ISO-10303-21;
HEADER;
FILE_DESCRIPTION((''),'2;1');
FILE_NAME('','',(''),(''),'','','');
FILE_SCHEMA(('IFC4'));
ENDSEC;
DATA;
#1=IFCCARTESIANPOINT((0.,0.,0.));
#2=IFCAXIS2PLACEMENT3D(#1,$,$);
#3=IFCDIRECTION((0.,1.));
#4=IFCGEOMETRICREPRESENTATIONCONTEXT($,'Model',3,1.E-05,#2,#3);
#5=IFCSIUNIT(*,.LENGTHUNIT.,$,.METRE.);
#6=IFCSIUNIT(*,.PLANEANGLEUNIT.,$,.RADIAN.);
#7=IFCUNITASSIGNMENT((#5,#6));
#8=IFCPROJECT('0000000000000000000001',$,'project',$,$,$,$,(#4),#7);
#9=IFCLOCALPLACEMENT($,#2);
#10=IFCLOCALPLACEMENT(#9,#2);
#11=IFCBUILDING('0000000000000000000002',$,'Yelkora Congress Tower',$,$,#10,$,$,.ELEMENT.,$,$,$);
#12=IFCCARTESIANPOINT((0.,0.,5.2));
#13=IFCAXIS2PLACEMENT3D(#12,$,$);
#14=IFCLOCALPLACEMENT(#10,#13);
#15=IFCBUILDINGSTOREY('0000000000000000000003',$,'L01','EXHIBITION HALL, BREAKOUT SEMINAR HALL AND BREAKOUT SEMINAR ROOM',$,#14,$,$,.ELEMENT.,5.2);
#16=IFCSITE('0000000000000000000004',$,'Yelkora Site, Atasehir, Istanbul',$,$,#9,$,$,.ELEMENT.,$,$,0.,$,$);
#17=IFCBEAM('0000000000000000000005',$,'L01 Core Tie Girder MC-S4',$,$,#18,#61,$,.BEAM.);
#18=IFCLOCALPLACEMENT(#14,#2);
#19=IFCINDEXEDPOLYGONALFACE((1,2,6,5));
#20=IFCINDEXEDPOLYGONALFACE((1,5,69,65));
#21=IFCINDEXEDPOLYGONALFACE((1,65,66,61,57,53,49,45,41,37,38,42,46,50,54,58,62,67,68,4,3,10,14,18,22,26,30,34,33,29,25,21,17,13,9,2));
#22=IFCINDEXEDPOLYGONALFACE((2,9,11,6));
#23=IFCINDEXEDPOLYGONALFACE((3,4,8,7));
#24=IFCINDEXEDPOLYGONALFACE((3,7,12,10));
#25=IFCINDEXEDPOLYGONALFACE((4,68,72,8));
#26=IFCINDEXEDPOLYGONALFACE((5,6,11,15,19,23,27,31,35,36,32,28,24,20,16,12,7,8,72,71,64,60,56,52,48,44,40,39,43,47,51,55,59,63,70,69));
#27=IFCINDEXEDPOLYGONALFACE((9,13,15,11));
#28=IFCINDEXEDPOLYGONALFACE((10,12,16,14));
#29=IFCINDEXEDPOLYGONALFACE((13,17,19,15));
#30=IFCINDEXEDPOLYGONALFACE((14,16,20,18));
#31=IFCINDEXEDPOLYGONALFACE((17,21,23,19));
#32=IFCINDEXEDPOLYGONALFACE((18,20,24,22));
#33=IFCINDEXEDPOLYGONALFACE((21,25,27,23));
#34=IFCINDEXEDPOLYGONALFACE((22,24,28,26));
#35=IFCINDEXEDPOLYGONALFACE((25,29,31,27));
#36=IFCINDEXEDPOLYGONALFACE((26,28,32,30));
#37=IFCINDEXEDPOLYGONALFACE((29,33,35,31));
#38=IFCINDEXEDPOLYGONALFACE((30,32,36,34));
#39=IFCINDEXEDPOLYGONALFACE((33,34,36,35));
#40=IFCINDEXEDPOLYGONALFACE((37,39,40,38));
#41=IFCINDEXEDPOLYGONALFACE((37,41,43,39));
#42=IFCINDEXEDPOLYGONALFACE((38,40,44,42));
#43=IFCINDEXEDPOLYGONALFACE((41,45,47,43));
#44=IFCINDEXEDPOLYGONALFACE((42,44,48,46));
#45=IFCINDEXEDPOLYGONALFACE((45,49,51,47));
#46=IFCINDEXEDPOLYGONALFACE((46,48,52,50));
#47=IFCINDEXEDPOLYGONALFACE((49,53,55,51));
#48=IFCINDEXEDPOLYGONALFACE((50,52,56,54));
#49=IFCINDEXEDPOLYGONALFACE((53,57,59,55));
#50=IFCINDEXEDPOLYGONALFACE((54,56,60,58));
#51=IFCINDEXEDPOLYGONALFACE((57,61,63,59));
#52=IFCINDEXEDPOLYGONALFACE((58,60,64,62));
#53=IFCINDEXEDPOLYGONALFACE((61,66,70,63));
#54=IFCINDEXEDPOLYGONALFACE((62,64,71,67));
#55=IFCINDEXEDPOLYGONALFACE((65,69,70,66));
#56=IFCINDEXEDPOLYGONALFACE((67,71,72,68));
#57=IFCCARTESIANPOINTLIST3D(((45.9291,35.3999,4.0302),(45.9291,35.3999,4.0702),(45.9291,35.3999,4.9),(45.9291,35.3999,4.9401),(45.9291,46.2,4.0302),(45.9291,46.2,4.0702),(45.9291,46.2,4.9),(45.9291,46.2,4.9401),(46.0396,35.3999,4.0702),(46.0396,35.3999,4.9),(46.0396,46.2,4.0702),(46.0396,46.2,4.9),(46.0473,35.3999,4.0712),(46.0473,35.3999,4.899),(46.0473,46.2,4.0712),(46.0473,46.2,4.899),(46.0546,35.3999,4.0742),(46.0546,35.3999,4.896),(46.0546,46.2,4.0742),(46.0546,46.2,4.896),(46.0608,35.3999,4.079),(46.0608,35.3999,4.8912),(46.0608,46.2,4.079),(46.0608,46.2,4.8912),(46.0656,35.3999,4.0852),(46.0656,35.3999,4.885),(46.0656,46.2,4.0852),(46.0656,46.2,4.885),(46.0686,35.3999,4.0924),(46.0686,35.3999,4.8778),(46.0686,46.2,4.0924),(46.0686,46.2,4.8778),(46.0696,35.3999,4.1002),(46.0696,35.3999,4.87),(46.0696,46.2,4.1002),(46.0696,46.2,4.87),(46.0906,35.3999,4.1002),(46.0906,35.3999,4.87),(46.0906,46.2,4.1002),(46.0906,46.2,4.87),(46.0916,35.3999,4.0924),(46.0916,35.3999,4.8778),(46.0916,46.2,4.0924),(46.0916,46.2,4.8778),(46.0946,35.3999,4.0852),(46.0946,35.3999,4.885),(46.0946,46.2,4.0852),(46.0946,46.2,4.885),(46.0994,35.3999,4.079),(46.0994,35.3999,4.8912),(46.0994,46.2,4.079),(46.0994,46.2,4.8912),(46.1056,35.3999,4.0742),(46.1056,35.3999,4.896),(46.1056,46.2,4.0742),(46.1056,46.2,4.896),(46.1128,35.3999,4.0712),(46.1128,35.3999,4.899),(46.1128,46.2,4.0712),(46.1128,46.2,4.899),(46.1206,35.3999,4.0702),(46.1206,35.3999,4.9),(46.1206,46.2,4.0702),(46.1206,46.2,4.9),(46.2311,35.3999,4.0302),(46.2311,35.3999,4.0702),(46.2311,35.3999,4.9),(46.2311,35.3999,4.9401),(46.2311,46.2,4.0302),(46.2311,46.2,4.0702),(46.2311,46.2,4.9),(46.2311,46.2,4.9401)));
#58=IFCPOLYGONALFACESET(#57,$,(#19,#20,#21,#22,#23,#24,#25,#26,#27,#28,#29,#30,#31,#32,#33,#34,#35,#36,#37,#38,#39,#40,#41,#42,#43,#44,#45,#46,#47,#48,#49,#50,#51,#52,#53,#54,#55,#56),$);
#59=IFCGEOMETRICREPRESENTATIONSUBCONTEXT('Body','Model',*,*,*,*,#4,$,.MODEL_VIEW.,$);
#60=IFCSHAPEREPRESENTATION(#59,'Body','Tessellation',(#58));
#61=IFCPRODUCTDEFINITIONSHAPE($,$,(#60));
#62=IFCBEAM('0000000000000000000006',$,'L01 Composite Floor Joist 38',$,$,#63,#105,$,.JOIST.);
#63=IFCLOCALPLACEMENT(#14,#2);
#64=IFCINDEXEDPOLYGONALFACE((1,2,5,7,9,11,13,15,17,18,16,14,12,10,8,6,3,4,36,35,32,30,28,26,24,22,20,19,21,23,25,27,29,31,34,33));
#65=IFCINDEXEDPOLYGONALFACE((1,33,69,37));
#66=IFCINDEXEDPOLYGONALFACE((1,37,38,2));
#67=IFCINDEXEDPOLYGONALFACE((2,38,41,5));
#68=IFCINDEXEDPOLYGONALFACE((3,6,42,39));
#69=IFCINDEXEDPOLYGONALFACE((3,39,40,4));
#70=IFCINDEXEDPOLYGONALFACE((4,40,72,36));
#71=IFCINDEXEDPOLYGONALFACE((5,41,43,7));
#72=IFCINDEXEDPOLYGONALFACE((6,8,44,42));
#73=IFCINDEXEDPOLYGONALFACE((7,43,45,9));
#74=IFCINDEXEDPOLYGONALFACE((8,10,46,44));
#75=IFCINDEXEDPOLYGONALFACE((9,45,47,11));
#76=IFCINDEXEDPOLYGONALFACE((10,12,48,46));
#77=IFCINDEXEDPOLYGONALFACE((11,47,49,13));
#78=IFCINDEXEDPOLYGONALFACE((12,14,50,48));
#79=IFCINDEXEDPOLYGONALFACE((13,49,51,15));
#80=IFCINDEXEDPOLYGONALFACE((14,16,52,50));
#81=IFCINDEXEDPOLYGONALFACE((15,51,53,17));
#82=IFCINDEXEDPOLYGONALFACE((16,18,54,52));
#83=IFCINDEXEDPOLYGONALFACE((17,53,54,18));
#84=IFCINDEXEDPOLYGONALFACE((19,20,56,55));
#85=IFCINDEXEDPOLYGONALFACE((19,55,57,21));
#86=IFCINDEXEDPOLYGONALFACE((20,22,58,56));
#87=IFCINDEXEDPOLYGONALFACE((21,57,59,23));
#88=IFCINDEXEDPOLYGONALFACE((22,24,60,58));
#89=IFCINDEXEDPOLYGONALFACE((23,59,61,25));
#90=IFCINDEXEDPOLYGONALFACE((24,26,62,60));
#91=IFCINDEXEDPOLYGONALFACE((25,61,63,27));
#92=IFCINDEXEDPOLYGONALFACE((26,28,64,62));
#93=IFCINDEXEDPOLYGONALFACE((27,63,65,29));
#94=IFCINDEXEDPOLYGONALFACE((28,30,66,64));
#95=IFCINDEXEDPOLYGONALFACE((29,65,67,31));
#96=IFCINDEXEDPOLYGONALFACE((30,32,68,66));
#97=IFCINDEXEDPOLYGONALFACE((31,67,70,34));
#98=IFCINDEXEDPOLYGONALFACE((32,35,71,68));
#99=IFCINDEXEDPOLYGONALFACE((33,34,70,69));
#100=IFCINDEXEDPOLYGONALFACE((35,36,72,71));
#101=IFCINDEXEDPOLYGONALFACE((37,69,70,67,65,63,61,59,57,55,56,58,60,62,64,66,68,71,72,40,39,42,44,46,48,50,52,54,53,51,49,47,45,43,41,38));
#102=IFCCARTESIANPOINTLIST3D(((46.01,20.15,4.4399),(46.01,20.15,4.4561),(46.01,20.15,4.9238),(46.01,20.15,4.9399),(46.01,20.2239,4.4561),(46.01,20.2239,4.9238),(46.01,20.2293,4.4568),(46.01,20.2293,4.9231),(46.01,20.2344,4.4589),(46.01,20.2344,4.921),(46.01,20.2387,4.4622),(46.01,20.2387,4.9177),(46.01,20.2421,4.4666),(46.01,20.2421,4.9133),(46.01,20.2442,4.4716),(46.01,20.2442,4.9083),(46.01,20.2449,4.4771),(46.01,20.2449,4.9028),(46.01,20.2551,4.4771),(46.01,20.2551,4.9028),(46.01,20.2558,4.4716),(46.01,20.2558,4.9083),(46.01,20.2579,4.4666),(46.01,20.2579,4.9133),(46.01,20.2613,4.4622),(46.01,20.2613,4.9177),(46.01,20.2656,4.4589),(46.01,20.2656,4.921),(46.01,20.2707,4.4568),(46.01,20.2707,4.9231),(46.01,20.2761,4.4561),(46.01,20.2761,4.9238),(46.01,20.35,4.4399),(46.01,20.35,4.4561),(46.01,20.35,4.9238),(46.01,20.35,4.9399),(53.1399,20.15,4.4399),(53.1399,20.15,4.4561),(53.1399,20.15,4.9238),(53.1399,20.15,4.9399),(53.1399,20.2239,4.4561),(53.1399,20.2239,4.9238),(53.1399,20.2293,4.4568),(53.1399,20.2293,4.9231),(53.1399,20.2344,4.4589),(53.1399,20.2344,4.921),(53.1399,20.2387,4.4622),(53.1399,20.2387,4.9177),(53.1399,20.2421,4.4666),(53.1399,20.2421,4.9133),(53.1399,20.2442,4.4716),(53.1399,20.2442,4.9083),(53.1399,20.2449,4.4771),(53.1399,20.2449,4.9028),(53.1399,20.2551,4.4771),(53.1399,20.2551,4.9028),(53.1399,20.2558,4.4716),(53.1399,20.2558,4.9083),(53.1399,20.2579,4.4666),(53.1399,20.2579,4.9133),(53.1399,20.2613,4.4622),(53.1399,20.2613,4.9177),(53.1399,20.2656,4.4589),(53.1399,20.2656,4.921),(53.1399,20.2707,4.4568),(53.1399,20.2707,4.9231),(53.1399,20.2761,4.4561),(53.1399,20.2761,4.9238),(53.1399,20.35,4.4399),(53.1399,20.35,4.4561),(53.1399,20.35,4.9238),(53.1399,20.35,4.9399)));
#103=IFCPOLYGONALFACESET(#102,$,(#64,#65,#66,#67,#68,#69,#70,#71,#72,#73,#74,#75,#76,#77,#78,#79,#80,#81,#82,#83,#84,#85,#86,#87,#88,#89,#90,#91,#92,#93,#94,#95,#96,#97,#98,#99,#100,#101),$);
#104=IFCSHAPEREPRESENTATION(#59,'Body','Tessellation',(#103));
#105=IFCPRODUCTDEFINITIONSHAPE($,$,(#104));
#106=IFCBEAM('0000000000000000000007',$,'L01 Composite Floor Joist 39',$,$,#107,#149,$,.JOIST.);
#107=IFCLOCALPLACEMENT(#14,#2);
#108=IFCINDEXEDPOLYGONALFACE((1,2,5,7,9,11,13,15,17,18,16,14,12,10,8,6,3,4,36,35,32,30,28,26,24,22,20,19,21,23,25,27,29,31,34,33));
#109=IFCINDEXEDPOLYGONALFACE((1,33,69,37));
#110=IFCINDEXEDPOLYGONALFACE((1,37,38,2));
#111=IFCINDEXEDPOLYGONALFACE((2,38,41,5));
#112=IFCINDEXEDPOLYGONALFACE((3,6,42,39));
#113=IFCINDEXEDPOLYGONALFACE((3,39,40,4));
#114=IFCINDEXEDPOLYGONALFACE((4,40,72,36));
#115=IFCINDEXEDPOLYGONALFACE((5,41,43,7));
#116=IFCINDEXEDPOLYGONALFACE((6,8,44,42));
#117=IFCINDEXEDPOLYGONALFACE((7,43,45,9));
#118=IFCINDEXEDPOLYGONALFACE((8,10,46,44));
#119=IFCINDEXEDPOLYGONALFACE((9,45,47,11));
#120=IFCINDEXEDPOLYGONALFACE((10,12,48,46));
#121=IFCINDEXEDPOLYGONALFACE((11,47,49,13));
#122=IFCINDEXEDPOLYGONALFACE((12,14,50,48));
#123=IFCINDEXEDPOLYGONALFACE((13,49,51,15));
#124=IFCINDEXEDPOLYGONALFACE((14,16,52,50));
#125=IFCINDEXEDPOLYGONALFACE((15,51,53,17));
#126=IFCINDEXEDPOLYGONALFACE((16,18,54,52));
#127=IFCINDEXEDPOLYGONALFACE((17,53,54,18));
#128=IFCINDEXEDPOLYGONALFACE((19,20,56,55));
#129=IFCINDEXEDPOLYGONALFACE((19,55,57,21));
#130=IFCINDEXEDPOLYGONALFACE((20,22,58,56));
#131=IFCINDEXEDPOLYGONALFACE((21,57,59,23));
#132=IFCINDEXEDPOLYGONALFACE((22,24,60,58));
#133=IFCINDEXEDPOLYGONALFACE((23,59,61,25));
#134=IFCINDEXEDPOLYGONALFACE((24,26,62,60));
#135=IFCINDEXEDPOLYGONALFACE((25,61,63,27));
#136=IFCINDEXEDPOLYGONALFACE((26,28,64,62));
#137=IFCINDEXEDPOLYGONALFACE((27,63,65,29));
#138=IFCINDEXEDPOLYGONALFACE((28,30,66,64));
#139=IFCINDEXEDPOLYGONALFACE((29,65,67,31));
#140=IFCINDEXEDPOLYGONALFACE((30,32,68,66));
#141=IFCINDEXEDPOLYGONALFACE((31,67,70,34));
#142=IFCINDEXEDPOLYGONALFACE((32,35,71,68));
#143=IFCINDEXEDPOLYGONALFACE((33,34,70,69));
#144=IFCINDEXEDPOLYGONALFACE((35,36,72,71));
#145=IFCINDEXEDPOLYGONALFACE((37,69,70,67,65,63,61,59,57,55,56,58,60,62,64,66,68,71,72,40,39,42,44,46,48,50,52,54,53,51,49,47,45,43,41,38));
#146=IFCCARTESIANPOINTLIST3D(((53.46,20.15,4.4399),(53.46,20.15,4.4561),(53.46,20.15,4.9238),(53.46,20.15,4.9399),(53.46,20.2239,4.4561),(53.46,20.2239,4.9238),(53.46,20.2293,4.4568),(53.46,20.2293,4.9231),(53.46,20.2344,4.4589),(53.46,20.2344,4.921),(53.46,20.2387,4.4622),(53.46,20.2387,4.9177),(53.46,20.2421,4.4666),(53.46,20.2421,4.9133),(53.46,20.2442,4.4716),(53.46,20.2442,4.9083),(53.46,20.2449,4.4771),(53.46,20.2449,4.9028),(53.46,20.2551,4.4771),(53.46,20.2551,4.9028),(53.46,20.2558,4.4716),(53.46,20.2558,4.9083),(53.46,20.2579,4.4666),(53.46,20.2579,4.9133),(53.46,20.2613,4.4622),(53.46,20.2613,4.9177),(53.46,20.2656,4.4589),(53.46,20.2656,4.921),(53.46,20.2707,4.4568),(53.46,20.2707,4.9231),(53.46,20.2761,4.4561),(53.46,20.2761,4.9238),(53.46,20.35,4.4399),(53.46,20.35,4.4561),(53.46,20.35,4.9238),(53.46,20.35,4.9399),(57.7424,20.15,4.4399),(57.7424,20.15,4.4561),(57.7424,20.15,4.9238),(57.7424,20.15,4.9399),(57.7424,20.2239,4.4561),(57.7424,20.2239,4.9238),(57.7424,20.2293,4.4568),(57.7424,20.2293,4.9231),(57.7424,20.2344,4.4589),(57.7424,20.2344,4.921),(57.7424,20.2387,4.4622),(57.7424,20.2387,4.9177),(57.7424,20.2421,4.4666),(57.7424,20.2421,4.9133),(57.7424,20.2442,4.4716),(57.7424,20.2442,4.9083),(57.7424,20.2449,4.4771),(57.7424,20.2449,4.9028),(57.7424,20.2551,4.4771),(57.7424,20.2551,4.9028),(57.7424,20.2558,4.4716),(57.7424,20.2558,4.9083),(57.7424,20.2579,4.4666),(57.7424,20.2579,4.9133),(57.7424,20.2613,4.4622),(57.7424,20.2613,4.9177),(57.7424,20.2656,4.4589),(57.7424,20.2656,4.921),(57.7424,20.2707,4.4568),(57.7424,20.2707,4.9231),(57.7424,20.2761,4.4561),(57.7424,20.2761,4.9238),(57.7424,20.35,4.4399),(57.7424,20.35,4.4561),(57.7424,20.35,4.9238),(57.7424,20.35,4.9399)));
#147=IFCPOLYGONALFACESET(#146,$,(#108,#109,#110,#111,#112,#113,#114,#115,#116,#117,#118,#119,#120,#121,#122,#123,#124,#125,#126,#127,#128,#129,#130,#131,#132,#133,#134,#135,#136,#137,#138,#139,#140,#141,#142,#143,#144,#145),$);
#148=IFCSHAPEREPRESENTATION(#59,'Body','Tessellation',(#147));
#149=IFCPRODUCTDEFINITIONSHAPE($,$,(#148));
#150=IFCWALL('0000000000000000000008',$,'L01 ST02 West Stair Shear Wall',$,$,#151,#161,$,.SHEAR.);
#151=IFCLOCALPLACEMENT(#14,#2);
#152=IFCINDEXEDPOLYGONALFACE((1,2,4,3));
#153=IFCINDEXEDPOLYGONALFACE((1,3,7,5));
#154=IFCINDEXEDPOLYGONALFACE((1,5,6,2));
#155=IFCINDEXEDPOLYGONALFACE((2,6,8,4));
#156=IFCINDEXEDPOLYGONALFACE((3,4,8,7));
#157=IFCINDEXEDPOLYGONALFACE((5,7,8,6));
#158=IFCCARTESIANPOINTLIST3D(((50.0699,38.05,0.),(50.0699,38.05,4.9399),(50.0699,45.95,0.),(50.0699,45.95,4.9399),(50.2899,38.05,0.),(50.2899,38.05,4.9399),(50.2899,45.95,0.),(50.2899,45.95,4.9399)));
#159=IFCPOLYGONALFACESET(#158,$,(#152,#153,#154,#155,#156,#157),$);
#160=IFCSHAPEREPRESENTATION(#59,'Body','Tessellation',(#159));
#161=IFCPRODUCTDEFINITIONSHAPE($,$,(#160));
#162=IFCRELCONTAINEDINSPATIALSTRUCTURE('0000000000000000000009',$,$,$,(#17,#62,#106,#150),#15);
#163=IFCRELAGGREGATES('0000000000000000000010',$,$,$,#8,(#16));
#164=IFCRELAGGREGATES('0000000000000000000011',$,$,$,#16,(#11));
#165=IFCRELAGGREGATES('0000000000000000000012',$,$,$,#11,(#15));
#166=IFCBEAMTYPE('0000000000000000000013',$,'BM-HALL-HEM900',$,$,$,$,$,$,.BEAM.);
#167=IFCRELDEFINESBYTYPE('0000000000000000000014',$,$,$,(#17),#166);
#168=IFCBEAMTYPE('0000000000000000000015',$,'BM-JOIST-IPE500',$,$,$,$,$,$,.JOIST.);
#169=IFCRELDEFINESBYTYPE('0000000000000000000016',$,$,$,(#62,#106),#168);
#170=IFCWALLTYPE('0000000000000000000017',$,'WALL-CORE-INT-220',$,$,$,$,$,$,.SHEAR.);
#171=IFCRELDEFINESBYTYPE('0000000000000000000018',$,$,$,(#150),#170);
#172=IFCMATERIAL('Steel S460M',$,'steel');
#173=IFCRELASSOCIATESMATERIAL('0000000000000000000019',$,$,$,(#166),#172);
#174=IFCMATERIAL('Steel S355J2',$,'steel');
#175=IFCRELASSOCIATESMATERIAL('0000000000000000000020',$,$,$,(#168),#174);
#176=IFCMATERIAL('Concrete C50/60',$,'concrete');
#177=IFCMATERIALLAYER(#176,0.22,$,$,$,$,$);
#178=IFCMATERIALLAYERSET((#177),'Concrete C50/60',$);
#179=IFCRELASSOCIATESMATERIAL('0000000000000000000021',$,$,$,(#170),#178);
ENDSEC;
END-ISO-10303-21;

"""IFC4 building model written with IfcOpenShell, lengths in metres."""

from ifc_helpers import new_model, si_unit, direction, frame, frame_2d, origin, origin_2d, place, context, subcontext, project, spatial, rectangle, i_section, extrude, material, layer, layer_set, material_profile, profile_set, type_object, element, save


model = new_model("IFC4")

# Units and contexts
model_context = context("Model", 3, precision=1e-05, world=origin(), true_north=direction((0.0, 1.0)))
body_context = subcontext(model_context, "Body", "Model", "MODEL_VIEW")
ifc_project = project(units=[si_unit("LENGTHUNIT", "METRE"), si_unit("PLANEANGLEUNIT", "RADIAN")], contexts=[model_context])

# Site, building, storey
site_placement = place(None, origin())
site = spatial("IfcSite", under=ifc_project, at=site_placement, Name="Yelkora Site, Atasehir, Istanbul", CompositionType="ELEMENT", RefElevation=0.0)
building_placement = place(site_placement, origin())
building = spatial("IfcBuilding", under=site, at=building_placement, Name="Yelkora Congress Tower", CompositionType="ELEMENT")
storey_placement = place(building_placement, frame((0.0, 0.0, 5.2)))
storey = spatial("IfcBuildingStorey", under=building, at=storey_placement, Name="L01", Description="EXHIBITION HALL, BREAKOUT SEMINAR HALL AND BREAKOUT SEMINAR ROOM", CompositionType="ELEMENT", Elevation=5.2)

# Beams
ifc_material_1 = material(Name="Steel S460M", Category="steel")
ifc_material_profile_1 = material_profile(ifc_material_1, i_section(OverallWidth=0.302, OverallDepth=0.9099, WebThickness=0.021, FlangeThickness=0.04, FilletRadius=0.03, at=origin_2d()), Name="HEM 900")
ifc_profile_set_1 = profile_set([ifc_material_profile_1], Name="Steel S460M")
beam_type_1 = type_object("IfcBeamType", Name="BM-HALL-HEM900", PredefinedType="BEAM", material=ifc_profile_set_1)
beam_1_placement = place(storey_placement, frame((46.0801, 35.3999, 4.4851), z_axis=(0.0, 1.0, 0.0), x_axis=(-1.0, 0.0, 0.0)))
element("IfcBeam", 1, at=beam_1_placement, inside=storey, type_object=beam_type_1, Name="L01 Core Tie Girder MC-S4", PredefinedType="BEAM", context=body_context, shape_type="SweptSolid", body=[
    extrude(i_section(OverallWidth=0.302, OverallDepth=0.9099, WebThickness=0.021, FlangeThickness=0.04, FilletRadius=0.03, at=origin_2d()), origin(), (0.0, 0.0, 1.0), 10.8),
])
ifc_material_2 = material(Name="Steel S355J2", Category="steel")
ifc_material_profile_2 = material_profile(ifc_material_2, i_section(OverallWidth=0.2, OverallDepth=0.5, WebThickness=0.0103, FlangeThickness=0.0161, FilletRadius=0.021, at=origin_2d()), Name="IPE 500")
ifc_profile_set_2 = profile_set([ifc_material_profile_2], Name="Steel S355J2")
beam_type_2 = type_object("IfcBeamType", Name="BM-JOIST-IPE500", PredefinedType="JOIST", material=ifc_profile_set_2)
beam_2_placement = place(storey_placement, frame((46.01, 20.25, 4.6899), z_axis=(1.0, 0.0, 0.0), x_axis=(0.0, 1.0, 0.0)))
element("IfcBeam", 2, at=beam_2_placement, inside=storey, type_object=beam_type_2, Name="L01 Composite Floor Joist 38", PredefinedType="JOIST", context=body_context, shape_type="SweptSolid", body=[
    extrude(i_section(OverallWidth=0.2, OverallDepth=0.5, WebThickness=0.0103, FlangeThickness=0.0161, FilletRadius=0.021, at=origin_2d()), origin(), (0.0, 0.0, 1.0), 7.1299),
])
beam_3_placement = place(storey_placement, frame((53.46, 20.25, 4.6899), z_axis=(1.0, 0.0, 0.0), x_axis=(0.0, 1.0, 0.0)))
element("IfcBeam", 3, at=beam_3_placement, inside=storey, type_object=beam_type_2, Name="L01 Composite Floor Joist 39", PredefinedType="JOIST", context=body_context, shape_type="SweptSolid", body=[
    extrude(i_section(OverallWidth=0.2, OverallDepth=0.5, WebThickness=0.0103, FlangeThickness=0.0161, FilletRadius=0.021, at=origin_2d()), origin(), (0.0, 0.0, 1.0), 4.2825),
])

# Wall
ifc_material_3 = material(Name="Concrete C50/60", Category="concrete")
ifc_layer_1 = layer(ifc_material_3, 0.22)
ifc_layer_set_1 = layer_set([ifc_layer_1], Name="Concrete C50/60")
wall_type_1 = type_object("IfcWallType", Name="WALL-CORE-INT-220", PredefinedType="SHEAR", material=ifc_layer_set_1)
wall_1_placement = place(storey_placement, frame((50.1799, 38.05, 0.0), z_axis=(0.0, 0.0, 1.0), x_axis=(0.0, 1.0, 0.0)))
element("IfcWall", 4, at=wall_1_placement, inside=storey, type_object=wall_type_1, Name="L01 ST02 West Stair Shear Wall", PredefinedType="SHEAR", context=body_context, shape_type="SweptSolid", body=[
    extrude(rectangle(XDim=7.8999, YDim=0.22, at=frame_2d((3.95, 0.0))), origin(), (0.0, 0.0, 1.0), 4.9399),
])

save(model, "model.ifc")
